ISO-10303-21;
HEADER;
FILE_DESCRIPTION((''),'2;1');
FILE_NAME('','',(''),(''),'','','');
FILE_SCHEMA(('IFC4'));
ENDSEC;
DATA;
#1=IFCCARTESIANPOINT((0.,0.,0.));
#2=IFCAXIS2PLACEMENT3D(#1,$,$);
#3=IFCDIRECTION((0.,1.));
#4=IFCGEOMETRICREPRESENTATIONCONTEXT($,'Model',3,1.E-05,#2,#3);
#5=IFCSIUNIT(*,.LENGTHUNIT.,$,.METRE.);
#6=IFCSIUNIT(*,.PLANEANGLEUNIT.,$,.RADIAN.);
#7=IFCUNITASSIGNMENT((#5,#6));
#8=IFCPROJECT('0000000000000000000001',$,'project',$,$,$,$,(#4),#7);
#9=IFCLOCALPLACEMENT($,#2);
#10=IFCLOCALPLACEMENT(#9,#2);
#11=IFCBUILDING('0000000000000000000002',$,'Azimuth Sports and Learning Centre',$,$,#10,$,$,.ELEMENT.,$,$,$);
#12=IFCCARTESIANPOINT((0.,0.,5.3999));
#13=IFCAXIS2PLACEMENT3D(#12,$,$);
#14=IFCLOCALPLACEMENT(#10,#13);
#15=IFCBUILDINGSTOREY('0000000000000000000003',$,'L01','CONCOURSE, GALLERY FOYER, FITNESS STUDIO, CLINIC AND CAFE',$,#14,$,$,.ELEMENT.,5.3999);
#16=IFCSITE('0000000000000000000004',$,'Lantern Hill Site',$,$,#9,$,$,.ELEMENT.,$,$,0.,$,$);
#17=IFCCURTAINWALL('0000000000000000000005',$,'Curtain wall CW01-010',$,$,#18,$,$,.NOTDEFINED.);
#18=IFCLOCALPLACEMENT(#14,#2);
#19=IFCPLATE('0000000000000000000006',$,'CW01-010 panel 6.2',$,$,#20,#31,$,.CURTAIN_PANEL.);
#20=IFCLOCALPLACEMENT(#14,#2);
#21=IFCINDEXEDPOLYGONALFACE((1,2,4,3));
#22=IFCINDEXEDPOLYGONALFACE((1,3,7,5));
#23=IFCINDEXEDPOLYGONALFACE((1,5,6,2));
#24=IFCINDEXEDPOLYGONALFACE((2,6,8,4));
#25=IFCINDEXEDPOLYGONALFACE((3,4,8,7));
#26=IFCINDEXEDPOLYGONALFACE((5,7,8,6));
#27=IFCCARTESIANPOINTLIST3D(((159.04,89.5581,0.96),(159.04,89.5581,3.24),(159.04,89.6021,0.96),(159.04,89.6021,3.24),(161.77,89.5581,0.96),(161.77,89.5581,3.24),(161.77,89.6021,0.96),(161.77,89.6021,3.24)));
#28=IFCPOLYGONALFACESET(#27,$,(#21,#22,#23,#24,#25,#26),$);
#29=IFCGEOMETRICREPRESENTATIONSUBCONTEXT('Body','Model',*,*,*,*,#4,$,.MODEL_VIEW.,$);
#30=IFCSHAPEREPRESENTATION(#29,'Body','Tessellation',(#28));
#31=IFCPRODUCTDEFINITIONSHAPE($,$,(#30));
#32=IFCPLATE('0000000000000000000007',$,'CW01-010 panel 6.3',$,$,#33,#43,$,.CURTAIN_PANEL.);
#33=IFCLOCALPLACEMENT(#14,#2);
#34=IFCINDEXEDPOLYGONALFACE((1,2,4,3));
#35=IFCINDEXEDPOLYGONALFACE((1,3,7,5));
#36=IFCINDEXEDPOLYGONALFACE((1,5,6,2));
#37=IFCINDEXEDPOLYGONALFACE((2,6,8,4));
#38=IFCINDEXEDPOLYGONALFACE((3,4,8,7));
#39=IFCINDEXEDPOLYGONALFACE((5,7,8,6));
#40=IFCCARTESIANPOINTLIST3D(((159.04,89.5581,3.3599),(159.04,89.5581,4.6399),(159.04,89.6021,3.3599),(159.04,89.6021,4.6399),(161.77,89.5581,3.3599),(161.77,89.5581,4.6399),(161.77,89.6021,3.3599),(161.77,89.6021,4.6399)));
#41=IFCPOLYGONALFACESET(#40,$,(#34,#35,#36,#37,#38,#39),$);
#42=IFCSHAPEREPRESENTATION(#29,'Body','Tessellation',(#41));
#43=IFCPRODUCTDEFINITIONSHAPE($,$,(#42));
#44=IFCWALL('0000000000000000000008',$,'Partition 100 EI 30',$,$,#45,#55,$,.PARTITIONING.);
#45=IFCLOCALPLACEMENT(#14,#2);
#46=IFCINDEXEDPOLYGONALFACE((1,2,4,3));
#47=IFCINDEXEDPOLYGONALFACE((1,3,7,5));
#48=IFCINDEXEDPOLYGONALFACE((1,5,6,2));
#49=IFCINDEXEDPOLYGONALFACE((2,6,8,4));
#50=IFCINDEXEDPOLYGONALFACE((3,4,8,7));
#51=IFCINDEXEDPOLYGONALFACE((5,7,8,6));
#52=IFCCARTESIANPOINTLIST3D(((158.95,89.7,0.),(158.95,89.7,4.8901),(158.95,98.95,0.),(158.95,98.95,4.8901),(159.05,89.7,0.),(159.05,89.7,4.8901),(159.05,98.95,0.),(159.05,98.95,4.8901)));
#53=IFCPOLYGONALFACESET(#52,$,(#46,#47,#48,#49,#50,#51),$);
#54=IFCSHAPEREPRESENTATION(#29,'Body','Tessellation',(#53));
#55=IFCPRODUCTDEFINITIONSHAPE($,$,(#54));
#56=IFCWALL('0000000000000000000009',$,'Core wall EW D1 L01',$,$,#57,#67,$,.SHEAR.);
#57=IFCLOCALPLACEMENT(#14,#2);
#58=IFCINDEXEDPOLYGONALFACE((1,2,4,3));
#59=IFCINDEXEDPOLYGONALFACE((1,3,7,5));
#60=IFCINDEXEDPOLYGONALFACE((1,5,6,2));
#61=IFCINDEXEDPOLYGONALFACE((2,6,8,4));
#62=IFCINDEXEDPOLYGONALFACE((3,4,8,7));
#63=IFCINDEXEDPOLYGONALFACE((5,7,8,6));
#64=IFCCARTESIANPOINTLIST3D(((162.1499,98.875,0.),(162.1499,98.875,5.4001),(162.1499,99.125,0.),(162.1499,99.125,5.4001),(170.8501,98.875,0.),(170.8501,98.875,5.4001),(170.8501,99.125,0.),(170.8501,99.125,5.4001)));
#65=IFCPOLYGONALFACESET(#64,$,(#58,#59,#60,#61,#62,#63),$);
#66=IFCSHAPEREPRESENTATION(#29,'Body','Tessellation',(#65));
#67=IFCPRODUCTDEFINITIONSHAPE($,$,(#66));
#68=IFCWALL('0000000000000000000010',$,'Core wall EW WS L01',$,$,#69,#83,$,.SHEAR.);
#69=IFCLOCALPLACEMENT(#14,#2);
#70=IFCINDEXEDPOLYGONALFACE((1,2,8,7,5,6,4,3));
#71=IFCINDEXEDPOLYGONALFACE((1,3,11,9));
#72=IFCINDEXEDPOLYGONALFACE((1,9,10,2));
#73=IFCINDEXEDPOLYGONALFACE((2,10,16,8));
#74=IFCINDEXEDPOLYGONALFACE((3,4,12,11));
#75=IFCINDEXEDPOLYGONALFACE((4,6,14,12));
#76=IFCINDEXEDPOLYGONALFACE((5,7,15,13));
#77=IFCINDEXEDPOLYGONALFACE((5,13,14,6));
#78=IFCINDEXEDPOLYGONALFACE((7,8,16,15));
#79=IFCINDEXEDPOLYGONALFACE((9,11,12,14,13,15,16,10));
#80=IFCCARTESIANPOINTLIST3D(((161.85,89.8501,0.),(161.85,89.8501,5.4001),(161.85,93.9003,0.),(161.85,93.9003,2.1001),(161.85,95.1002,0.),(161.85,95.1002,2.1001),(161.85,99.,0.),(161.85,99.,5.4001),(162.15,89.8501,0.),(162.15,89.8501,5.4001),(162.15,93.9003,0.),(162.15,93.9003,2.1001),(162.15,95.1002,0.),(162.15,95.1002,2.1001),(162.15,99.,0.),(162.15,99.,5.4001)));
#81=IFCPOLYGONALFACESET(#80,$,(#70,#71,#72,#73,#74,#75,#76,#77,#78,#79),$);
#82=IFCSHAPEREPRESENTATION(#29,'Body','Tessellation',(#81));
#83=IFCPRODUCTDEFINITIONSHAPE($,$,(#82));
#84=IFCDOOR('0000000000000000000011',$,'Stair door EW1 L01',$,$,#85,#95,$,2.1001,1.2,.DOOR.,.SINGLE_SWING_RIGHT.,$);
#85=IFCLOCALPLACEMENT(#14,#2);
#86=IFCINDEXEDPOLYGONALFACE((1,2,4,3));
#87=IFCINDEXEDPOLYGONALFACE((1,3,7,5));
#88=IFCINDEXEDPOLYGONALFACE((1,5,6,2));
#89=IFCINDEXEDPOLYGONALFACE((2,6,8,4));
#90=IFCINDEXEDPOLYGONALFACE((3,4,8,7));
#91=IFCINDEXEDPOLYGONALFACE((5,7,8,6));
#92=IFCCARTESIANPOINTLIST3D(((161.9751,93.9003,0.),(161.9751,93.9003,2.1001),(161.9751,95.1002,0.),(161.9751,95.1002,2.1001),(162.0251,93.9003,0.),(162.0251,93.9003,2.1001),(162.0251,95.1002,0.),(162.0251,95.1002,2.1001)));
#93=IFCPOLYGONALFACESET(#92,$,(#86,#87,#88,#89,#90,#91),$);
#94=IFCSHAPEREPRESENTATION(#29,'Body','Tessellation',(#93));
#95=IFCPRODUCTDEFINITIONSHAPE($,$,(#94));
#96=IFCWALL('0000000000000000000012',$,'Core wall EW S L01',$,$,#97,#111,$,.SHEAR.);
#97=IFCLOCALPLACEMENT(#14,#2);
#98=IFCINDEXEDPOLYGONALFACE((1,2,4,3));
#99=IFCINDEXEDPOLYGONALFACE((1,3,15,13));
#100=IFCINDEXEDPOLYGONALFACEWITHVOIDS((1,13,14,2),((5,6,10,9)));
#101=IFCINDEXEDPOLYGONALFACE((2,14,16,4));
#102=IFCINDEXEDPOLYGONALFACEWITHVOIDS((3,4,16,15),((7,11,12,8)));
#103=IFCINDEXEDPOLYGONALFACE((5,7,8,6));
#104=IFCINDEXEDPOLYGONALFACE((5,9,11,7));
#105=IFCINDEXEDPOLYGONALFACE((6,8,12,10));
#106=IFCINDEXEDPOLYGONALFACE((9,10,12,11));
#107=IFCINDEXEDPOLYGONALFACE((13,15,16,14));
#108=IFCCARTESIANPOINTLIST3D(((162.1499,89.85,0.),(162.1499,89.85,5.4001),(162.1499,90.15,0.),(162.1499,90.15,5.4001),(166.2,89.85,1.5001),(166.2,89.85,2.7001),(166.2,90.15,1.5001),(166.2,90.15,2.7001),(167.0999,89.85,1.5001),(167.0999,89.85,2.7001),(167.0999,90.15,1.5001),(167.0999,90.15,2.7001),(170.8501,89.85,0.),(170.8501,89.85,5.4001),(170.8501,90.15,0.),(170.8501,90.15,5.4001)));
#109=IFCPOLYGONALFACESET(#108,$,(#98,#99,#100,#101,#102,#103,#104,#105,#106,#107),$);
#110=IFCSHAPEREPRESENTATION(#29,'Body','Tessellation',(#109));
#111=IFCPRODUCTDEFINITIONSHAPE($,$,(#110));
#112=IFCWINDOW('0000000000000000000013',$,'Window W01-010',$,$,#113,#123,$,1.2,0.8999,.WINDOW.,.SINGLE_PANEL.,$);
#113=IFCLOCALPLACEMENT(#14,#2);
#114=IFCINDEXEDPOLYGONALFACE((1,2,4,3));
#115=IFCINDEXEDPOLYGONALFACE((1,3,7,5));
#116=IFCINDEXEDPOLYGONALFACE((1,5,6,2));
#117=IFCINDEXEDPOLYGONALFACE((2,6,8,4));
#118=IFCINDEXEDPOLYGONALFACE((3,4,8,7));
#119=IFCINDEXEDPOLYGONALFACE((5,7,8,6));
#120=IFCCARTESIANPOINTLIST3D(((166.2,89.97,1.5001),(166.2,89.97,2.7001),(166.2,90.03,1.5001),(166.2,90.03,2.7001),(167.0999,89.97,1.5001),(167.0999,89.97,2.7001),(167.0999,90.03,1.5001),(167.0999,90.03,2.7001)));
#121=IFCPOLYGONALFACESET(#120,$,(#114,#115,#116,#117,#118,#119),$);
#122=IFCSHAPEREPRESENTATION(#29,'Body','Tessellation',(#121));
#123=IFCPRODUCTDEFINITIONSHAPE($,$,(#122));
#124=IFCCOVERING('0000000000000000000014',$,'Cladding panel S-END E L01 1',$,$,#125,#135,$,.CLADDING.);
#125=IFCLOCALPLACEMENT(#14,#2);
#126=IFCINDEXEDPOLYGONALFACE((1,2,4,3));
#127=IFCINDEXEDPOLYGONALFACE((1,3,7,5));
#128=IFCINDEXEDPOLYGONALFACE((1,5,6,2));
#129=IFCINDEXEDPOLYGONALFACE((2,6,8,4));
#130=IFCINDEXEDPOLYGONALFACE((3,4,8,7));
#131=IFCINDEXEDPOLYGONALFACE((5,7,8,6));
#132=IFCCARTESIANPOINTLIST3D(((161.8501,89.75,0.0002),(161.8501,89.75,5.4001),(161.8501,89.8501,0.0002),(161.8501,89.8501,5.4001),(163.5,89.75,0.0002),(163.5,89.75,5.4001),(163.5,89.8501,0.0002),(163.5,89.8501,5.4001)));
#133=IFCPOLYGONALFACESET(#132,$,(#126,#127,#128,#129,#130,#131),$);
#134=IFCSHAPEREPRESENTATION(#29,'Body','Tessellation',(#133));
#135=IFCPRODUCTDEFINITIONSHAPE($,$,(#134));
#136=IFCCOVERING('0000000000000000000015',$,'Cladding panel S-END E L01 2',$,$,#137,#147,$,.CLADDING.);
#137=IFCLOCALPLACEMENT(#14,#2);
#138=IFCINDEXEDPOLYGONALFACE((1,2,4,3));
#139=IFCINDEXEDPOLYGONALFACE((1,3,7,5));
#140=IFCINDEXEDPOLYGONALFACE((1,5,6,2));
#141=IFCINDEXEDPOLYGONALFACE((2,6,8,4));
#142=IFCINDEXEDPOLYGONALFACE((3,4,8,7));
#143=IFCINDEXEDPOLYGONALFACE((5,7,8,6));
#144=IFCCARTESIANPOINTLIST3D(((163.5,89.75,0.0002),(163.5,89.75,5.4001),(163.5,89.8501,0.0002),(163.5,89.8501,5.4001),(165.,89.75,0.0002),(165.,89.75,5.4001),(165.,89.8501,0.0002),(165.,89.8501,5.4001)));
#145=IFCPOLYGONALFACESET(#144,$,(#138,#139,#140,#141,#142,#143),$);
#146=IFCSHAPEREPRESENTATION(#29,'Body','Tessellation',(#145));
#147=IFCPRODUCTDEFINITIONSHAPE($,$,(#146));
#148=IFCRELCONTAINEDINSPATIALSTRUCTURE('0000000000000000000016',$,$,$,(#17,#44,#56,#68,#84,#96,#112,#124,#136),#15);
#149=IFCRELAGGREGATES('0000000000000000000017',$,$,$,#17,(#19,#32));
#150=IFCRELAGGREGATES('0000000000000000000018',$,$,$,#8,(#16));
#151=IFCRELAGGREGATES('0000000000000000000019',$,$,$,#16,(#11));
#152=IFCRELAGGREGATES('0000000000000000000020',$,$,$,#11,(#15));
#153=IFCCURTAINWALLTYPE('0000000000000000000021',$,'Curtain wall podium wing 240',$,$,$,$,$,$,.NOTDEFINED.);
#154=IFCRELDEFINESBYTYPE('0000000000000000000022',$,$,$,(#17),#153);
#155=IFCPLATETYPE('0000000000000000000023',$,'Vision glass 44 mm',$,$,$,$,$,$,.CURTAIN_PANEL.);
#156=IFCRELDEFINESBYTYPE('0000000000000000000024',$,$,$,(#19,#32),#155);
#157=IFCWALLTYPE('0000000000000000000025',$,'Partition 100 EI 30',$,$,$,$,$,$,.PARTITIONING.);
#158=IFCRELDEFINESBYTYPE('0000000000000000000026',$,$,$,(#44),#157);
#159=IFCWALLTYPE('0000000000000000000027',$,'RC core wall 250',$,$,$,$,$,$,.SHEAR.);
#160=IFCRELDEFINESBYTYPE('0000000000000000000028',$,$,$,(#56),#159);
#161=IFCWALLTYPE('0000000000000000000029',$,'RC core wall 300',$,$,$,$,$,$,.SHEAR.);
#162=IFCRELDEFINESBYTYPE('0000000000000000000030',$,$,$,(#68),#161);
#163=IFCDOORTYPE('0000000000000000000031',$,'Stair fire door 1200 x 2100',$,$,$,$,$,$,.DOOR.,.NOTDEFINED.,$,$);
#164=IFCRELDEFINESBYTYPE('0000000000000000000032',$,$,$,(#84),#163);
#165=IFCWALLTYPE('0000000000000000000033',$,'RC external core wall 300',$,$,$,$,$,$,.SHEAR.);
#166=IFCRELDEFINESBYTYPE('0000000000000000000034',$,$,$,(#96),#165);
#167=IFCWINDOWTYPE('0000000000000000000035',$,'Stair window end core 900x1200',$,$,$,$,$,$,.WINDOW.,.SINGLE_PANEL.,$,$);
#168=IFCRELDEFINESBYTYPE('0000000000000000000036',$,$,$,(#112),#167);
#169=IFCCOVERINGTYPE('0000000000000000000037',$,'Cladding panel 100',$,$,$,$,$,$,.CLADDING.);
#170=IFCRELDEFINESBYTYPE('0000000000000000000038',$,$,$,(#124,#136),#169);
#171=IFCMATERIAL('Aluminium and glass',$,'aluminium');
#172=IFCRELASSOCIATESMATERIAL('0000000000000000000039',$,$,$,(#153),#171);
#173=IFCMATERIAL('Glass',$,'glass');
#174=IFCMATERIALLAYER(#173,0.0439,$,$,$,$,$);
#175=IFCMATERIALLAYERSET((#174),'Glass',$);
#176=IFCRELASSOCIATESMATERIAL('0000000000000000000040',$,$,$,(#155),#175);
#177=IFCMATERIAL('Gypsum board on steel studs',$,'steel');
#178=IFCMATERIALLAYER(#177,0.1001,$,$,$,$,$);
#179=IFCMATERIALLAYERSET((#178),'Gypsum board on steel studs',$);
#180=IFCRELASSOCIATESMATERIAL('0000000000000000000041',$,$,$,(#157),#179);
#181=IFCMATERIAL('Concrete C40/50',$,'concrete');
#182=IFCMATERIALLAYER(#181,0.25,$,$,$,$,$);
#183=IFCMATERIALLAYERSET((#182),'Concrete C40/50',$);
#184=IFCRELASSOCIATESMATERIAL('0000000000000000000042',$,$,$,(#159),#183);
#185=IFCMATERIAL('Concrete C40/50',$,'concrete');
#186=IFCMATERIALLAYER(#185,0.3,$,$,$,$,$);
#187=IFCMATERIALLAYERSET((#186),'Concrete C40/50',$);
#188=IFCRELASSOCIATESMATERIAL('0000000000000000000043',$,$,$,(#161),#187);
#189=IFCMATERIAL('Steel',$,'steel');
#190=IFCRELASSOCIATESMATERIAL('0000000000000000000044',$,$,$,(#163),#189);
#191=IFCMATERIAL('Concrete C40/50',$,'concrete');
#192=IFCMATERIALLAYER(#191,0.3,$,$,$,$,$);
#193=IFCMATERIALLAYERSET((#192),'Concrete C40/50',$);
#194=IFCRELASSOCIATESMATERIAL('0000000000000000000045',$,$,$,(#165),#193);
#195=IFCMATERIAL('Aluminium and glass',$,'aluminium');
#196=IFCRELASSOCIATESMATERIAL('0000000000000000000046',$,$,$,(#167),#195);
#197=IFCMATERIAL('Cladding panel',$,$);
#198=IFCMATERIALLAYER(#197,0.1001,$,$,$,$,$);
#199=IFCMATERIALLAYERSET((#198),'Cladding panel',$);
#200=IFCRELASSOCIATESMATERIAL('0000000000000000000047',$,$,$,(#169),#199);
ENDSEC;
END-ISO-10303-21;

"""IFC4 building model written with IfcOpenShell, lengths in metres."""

from ifc_helpers import new_model, si_unit, direction, frame, frame_2d, origin, origin_2d, place, context, subcontext, project, spatial, rectangle, extrude, material, layer, layer_set, type_object, element, fill, aggregate, save


model = new_model("IFC4")

# Units and contexts
model_context = context("Model", 3, precision=1e-05, world=origin(), true_north=direction((0.0, 1.0)))
body_context = subcontext(model_context, "Body", "Model", "MODEL_VIEW")
ifc_project = project(units=[si_unit("LENGTHUNIT", "METRE"), si_unit("PLANEANGLEUNIT", "RADIAN")], contexts=[model_context])

# Site, building, storey
site_placement = place(None, origin())
site = spatial("IfcSite", under=ifc_project, at=site_placement, Name="Lantern Hill Site", CompositionType="ELEMENT", RefElevation=0.0)
building_placement = place(site_placement, origin())
building = spatial("IfcBuilding", under=site, at=building_placement, Name="Azimuth Sports and Learning Centre", CompositionType="ELEMENT")
storey_placement = place(building_placement, frame((0.0, 0.0, 5.3999)))
storey = spatial("IfcBuildingStorey", under=building, at=storey_placement, Name="L01", Description="CONCOURSE, GALLERY FOYER, FITNESS STUDIO, CLINIC AND CAFE", CompositionType="ELEMENT", Elevation=5.3999)

# Curtain wall, plates
ifc_material_1 = material(Name="Aluminium and glass", Category="aluminium")
curtain_wall_type = type_object("IfcCurtainWallType", Name="Curtain wall podium wing 240", PredefinedType="NOTDEFINED", material=ifc_material_1)
curtain_wall_placement = place(storey_placement, origin())
curtain_wall = element("IfcCurtainWall", 1, at=curtain_wall_placement, inside=storey, type_object=curtain_wall_type, Name="Curtain wall CW01-010", PredefinedType="NOTDEFINED")
ifc_material_2 = material(Name="Glass", Category="glass")
ifc_layer_1 = layer(ifc_material_2, 0.0439)
ifc_layer_set_1 = layer_set([ifc_layer_1], Name="Glass")
plate_type_1 = type_object("IfcPlateType", Name="Vision glass 44 mm", PredefinedType="CURTAIN_PANEL", material=ifc_layer_set_1)
plate_1_placement = place(storey_placement, frame((160.405, 89.5801, 0.96), z_axis=(0.0, 0.0, 1.0), x_axis=(1.0, 0.0, 0.0)))
plate_1 = element("IfcPlate", 2, at=plate_1_placement, type_object=plate_type_1, Name="CW01-010 panel 6.2", PredefinedType="CURTAIN_PANEL", context=body_context, shape_type="SweptSolid", body=[
    extrude(rectangle(XDim=2.73, YDim=0.0439, at=origin_2d()), origin(), (0.0, 0.0, 1.0), 2.28),
])
plate_2_placement = place(storey_placement, frame((160.405, 89.5801, 3.3599), z_axis=(0.0, 0.0, 1.0), x_axis=(1.0, 0.0, 0.0)))
plate_2 = element("IfcPlate", 3, at=plate_2_placement, type_object=plate_type_1, Name="CW01-010 panel 6.3", PredefinedType="CURTAIN_PANEL", context=body_context, shape_type="SweptSolid", body=[
    extrude(rectangle(XDim=2.73, YDim=0.0439, at=origin_2d()), origin(), (0.0, 0.0, 1.0), 1.28),
])
aggregate(curtain_wall, [plate_1, plate_2])

# Walls
ifc_material_3 = material(Name="Gypsum board on steel studs", Category="steel")
ifc_layer_2 = layer(ifc_material_3, 0.1001)
ifc_layer_set_2 = layer_set([ifc_layer_2], Name="Gypsum board on steel studs")
wall_type_1 = type_object("IfcWallType", Name="Partition 100 EI 30", PredefinedType="PARTITIONING", material=ifc_layer_set_2)
wall_1_placement = place(storey_placement, frame((159.0, 89.7, 0.0), z_axis=(0.0, 0.0, 1.0), x_axis=(0.0, 1.0, 0.0)))
element("IfcWall", 4, at=wall_1_placement, inside=storey, type_object=wall_type_1, Name="Partition 100 EI 30", PredefinedType="PARTITIONING", context=body_context, shape_type="SweptSolid", body=[
    extrude(rectangle(XDim=9.25, YDim=0.1001, at=frame_2d((4.625, 0.0))), origin(), (0.0, 0.0, 1.0), 4.8901),
])
ifc_material_4 = material(Name="Concrete C40/50", Category="concrete")
ifc_layer_3 = layer(ifc_material_4, 0.25)
ifc_layer_set_3 = layer_set([ifc_layer_3], Name="Concrete C40/50")
wall_type_2 = type_object("IfcWallType", Name="RC core wall 250", PredefinedType="SHEAR", material=ifc_layer_set_3)
wall_2_placement = place(storey_placement, frame((162.1499, 99.0, 0.0), z_axis=(0.0, 0.0, 1.0), x_axis=(1.0, 0.0, 0.0)))
element("IfcWall", 5, at=wall_2_placement, inside=storey, type_object=wall_type_2, Name="Core wall EW D1 L01", PredefinedType="SHEAR", context=body_context, shape_type="SweptSolid", body=[
    extrude(rectangle(XDim=8.7002, YDim=0.25, at=frame_2d((4.3501, 0.0))), origin(), (0.0, 0.0, 1.0), 5.4001),
])

# Wall, opening, door
ifc_material_5 = material(Name="Concrete C40/50", Category="concrete")
ifc_layer_4 = layer(ifc_material_5, 0.3)
ifc_layer_set_4 = layer_set([ifc_layer_4], Name="Concrete C40/50")
wall_type_3 = type_object("IfcWallType", Name="RC core wall 300", PredefinedType="SHEAR", material=ifc_layer_set_4)
wall_3_placement = place(storey_placement, frame((162.0, 89.8501, 0.0), z_axis=(0.0, 0.0, 1.0), x_axis=(0.0, 1.0, 0.0)))
wall_3 = element("IfcWall", 6, at=wall_3_placement, inside=storey, type_object=wall_type_3, Name="Core wall EW WS L01", PredefinedType="SHEAR", context=body_context, shape_type="SweptSolid", body=[
    extrude(rectangle(XDim=9.1499, YDim=0.3, at=frame_2d((4.575, 0.0))), origin(), (0.0, 0.0, 1.0), 5.4001),
])
opening_1_placement = place(wall_3_placement, frame((4.05, 0.0, 0.0)))
opening_1 = element("IfcOpeningElement", 7, at=opening_1_placement, cuts=wall_3, PredefinedType="OPENING", context=body_context, shape_type="SweptSolid", body=[
    extrude(rectangle(XDim=1.2, YDim=2.1001, at=frame_2d((0.6001, 1.05))), frame((0.0, 0.1611, 0.0), z_axis=(0.0, -1.0, 0.0), x_axis=(1.0, 0.0, 0.0)), (0.0, 0.0, 1.0), 0.322),
])
ifc_material_6 = material(Name="Steel", Category="steel")
door_type = type_object("IfcDoorType", Name="Stair fire door 1200 x 2100", OperationType="NOTDEFINED", PredefinedType="DOOR", material=ifc_material_6)
door_placement = place(opening_1_placement, origin())
door = element("IfcDoor", 8, at=door_placement, inside=storey, type_object=door_type, Name="Stair door EW1 L01", OperationType="SINGLE_SWING_RIGHT", OverallHeight=2.1001, OverallWidth=1.2, PredefinedType="DOOR", context=body_context, shape_type="SweptSolid", body=[
    extrude(rectangle(XDim=1.2, YDim=2.1001, at=frame_2d((0.6001, 1.05))), frame((0.0, 0.0249, 0.0), z_axis=(0.0, -1.0, 0.0), x_axis=(1.0, 0.0, 0.0)), (0.0, 0.0, 1.0), 0.05),
])
fill(opening_1, door)

# Wall, opening, window
ifc_material_7 = material(Name="Concrete C40/50", Category="concrete")
ifc_layer_5 = layer(ifc_material_7, 0.3)
ifc_layer_set_5 = layer_set([ifc_layer_5], Name="Concrete C40/50")
wall_type_4 = type_object("IfcWallType", Name="RC external core wall 300", PredefinedType="SHEAR", material=ifc_layer_set_5)
wall_4_placement = place(storey_placement, frame((162.1499, 90.0, 0.0), z_axis=(0.0, 0.0, 1.0), x_axis=(1.0, 0.0, 0.0)))
wall_4 = element("IfcWall", 9, at=wall_4_placement, inside=storey, type_object=wall_type_4, Name="Core wall EW S L01", PredefinedType="SHEAR", context=body_context, shape_type="SweptSolid", body=[
    extrude(rectangle(XDim=8.7002, YDim=0.3, at=frame_2d((4.3501, 0.0))), origin(), (0.0, 0.0, 1.0), 5.4001),
])
opening_2_placement = place(wall_4_placement, frame((4.05, 0.0, 1.5)))
opening_2 = element("IfcOpeningElement", 10, at=opening_2_placement, cuts=wall_4, PredefinedType="OPENING", context=body_context, shape_type="SweptSolid", body=[
    extrude(rectangle(XDim=0.8999, YDim=1.2, at=frame_2d((0.45, 0.6001))), frame((0.0, 0.1611, 0.0), z_axis=(0.0, -1.0, 0.0), x_axis=(1.0, 0.0, 0.0)), (0.0, 0.0, 1.0), 0.322),
])
ifc_material_8 = material(Name="Aluminium and glass", Category="aluminium")
window_type = type_object("IfcWindowType", Name="Stair window end core 900x1200", PartitioningType="SINGLE_PANEL", PredefinedType="WINDOW", material=ifc_material_8)
window_placement = place(opening_2_placement, origin())
window = element("IfcWindow", 11, at=window_placement, inside=storey, type_object=window_type, Name="Window W01-010", OverallHeight=1.2, OverallWidth=0.8999, PartitioningType="SINGLE_PANEL", PredefinedType="WINDOW", context=body_context, shape_type="SweptSolid", body=[
    extrude(rectangle(XDim=0.8999, YDim=1.2, at=frame_2d((0.45, 0.6001))), frame((0.0, 0.03, 0.0), z_axis=(0.0, -1.0, 0.0), x_axis=(1.0, 0.0, 0.0)), (0.0, 0.0, 1.0), 0.0601),
])
fill(opening_2, window)

# Coverings
ifc_material_9 = material(Name="Cladding panel")
ifc_layer_6 = layer(ifc_material_9, 0.1001)
ifc_layer_set_6 = layer_set([ifc_layer_6], Name="Cladding panel")
covering_type = type_object("IfcCoveringType", Name="Cladding panel 100", PredefinedType="CLADDING", material=ifc_layer_set_6)
covering_1_placement = place(storey_placement, frame((162.675, 89.8, 0.0002), z_axis=(0.0, 0.0, 1.0), x_axis=(1.0, 0.0, 0.0)))
element("IfcCovering", 12, at=covering_1_placement, inside=storey, type_object=covering_type, Name="Cladding panel S-END E L01 1", PredefinedType="CLADDING", context=body_context, shape_type="SweptSolid", body=[
    extrude(rectangle(XDim=1.6499, YDim=0.1001, at=origin_2d()), origin(), (0.0, 0.0, 1.0), 5.3999),
])
covering_2_placement = place(storey_placement, frame((164.25, 89.8, 0.0002), z_axis=(0.0, 0.0, 1.0), x_axis=(1.0, 0.0, 0.0)))
element("IfcCovering", 13, at=covering_2_placement, inside=storey, type_object=covering_type, Name="Cladding panel S-END E L01 2", PredefinedType="CLADDING", context=body_context, shape_type="SweptSolid", body=[
    extrude(rectangle(XDim=1.5, YDim=0.1001, at=origin_2d()), origin(), (0.0, 0.0, 1.0), 5.3999),
])

save(model, "model.ifc")
